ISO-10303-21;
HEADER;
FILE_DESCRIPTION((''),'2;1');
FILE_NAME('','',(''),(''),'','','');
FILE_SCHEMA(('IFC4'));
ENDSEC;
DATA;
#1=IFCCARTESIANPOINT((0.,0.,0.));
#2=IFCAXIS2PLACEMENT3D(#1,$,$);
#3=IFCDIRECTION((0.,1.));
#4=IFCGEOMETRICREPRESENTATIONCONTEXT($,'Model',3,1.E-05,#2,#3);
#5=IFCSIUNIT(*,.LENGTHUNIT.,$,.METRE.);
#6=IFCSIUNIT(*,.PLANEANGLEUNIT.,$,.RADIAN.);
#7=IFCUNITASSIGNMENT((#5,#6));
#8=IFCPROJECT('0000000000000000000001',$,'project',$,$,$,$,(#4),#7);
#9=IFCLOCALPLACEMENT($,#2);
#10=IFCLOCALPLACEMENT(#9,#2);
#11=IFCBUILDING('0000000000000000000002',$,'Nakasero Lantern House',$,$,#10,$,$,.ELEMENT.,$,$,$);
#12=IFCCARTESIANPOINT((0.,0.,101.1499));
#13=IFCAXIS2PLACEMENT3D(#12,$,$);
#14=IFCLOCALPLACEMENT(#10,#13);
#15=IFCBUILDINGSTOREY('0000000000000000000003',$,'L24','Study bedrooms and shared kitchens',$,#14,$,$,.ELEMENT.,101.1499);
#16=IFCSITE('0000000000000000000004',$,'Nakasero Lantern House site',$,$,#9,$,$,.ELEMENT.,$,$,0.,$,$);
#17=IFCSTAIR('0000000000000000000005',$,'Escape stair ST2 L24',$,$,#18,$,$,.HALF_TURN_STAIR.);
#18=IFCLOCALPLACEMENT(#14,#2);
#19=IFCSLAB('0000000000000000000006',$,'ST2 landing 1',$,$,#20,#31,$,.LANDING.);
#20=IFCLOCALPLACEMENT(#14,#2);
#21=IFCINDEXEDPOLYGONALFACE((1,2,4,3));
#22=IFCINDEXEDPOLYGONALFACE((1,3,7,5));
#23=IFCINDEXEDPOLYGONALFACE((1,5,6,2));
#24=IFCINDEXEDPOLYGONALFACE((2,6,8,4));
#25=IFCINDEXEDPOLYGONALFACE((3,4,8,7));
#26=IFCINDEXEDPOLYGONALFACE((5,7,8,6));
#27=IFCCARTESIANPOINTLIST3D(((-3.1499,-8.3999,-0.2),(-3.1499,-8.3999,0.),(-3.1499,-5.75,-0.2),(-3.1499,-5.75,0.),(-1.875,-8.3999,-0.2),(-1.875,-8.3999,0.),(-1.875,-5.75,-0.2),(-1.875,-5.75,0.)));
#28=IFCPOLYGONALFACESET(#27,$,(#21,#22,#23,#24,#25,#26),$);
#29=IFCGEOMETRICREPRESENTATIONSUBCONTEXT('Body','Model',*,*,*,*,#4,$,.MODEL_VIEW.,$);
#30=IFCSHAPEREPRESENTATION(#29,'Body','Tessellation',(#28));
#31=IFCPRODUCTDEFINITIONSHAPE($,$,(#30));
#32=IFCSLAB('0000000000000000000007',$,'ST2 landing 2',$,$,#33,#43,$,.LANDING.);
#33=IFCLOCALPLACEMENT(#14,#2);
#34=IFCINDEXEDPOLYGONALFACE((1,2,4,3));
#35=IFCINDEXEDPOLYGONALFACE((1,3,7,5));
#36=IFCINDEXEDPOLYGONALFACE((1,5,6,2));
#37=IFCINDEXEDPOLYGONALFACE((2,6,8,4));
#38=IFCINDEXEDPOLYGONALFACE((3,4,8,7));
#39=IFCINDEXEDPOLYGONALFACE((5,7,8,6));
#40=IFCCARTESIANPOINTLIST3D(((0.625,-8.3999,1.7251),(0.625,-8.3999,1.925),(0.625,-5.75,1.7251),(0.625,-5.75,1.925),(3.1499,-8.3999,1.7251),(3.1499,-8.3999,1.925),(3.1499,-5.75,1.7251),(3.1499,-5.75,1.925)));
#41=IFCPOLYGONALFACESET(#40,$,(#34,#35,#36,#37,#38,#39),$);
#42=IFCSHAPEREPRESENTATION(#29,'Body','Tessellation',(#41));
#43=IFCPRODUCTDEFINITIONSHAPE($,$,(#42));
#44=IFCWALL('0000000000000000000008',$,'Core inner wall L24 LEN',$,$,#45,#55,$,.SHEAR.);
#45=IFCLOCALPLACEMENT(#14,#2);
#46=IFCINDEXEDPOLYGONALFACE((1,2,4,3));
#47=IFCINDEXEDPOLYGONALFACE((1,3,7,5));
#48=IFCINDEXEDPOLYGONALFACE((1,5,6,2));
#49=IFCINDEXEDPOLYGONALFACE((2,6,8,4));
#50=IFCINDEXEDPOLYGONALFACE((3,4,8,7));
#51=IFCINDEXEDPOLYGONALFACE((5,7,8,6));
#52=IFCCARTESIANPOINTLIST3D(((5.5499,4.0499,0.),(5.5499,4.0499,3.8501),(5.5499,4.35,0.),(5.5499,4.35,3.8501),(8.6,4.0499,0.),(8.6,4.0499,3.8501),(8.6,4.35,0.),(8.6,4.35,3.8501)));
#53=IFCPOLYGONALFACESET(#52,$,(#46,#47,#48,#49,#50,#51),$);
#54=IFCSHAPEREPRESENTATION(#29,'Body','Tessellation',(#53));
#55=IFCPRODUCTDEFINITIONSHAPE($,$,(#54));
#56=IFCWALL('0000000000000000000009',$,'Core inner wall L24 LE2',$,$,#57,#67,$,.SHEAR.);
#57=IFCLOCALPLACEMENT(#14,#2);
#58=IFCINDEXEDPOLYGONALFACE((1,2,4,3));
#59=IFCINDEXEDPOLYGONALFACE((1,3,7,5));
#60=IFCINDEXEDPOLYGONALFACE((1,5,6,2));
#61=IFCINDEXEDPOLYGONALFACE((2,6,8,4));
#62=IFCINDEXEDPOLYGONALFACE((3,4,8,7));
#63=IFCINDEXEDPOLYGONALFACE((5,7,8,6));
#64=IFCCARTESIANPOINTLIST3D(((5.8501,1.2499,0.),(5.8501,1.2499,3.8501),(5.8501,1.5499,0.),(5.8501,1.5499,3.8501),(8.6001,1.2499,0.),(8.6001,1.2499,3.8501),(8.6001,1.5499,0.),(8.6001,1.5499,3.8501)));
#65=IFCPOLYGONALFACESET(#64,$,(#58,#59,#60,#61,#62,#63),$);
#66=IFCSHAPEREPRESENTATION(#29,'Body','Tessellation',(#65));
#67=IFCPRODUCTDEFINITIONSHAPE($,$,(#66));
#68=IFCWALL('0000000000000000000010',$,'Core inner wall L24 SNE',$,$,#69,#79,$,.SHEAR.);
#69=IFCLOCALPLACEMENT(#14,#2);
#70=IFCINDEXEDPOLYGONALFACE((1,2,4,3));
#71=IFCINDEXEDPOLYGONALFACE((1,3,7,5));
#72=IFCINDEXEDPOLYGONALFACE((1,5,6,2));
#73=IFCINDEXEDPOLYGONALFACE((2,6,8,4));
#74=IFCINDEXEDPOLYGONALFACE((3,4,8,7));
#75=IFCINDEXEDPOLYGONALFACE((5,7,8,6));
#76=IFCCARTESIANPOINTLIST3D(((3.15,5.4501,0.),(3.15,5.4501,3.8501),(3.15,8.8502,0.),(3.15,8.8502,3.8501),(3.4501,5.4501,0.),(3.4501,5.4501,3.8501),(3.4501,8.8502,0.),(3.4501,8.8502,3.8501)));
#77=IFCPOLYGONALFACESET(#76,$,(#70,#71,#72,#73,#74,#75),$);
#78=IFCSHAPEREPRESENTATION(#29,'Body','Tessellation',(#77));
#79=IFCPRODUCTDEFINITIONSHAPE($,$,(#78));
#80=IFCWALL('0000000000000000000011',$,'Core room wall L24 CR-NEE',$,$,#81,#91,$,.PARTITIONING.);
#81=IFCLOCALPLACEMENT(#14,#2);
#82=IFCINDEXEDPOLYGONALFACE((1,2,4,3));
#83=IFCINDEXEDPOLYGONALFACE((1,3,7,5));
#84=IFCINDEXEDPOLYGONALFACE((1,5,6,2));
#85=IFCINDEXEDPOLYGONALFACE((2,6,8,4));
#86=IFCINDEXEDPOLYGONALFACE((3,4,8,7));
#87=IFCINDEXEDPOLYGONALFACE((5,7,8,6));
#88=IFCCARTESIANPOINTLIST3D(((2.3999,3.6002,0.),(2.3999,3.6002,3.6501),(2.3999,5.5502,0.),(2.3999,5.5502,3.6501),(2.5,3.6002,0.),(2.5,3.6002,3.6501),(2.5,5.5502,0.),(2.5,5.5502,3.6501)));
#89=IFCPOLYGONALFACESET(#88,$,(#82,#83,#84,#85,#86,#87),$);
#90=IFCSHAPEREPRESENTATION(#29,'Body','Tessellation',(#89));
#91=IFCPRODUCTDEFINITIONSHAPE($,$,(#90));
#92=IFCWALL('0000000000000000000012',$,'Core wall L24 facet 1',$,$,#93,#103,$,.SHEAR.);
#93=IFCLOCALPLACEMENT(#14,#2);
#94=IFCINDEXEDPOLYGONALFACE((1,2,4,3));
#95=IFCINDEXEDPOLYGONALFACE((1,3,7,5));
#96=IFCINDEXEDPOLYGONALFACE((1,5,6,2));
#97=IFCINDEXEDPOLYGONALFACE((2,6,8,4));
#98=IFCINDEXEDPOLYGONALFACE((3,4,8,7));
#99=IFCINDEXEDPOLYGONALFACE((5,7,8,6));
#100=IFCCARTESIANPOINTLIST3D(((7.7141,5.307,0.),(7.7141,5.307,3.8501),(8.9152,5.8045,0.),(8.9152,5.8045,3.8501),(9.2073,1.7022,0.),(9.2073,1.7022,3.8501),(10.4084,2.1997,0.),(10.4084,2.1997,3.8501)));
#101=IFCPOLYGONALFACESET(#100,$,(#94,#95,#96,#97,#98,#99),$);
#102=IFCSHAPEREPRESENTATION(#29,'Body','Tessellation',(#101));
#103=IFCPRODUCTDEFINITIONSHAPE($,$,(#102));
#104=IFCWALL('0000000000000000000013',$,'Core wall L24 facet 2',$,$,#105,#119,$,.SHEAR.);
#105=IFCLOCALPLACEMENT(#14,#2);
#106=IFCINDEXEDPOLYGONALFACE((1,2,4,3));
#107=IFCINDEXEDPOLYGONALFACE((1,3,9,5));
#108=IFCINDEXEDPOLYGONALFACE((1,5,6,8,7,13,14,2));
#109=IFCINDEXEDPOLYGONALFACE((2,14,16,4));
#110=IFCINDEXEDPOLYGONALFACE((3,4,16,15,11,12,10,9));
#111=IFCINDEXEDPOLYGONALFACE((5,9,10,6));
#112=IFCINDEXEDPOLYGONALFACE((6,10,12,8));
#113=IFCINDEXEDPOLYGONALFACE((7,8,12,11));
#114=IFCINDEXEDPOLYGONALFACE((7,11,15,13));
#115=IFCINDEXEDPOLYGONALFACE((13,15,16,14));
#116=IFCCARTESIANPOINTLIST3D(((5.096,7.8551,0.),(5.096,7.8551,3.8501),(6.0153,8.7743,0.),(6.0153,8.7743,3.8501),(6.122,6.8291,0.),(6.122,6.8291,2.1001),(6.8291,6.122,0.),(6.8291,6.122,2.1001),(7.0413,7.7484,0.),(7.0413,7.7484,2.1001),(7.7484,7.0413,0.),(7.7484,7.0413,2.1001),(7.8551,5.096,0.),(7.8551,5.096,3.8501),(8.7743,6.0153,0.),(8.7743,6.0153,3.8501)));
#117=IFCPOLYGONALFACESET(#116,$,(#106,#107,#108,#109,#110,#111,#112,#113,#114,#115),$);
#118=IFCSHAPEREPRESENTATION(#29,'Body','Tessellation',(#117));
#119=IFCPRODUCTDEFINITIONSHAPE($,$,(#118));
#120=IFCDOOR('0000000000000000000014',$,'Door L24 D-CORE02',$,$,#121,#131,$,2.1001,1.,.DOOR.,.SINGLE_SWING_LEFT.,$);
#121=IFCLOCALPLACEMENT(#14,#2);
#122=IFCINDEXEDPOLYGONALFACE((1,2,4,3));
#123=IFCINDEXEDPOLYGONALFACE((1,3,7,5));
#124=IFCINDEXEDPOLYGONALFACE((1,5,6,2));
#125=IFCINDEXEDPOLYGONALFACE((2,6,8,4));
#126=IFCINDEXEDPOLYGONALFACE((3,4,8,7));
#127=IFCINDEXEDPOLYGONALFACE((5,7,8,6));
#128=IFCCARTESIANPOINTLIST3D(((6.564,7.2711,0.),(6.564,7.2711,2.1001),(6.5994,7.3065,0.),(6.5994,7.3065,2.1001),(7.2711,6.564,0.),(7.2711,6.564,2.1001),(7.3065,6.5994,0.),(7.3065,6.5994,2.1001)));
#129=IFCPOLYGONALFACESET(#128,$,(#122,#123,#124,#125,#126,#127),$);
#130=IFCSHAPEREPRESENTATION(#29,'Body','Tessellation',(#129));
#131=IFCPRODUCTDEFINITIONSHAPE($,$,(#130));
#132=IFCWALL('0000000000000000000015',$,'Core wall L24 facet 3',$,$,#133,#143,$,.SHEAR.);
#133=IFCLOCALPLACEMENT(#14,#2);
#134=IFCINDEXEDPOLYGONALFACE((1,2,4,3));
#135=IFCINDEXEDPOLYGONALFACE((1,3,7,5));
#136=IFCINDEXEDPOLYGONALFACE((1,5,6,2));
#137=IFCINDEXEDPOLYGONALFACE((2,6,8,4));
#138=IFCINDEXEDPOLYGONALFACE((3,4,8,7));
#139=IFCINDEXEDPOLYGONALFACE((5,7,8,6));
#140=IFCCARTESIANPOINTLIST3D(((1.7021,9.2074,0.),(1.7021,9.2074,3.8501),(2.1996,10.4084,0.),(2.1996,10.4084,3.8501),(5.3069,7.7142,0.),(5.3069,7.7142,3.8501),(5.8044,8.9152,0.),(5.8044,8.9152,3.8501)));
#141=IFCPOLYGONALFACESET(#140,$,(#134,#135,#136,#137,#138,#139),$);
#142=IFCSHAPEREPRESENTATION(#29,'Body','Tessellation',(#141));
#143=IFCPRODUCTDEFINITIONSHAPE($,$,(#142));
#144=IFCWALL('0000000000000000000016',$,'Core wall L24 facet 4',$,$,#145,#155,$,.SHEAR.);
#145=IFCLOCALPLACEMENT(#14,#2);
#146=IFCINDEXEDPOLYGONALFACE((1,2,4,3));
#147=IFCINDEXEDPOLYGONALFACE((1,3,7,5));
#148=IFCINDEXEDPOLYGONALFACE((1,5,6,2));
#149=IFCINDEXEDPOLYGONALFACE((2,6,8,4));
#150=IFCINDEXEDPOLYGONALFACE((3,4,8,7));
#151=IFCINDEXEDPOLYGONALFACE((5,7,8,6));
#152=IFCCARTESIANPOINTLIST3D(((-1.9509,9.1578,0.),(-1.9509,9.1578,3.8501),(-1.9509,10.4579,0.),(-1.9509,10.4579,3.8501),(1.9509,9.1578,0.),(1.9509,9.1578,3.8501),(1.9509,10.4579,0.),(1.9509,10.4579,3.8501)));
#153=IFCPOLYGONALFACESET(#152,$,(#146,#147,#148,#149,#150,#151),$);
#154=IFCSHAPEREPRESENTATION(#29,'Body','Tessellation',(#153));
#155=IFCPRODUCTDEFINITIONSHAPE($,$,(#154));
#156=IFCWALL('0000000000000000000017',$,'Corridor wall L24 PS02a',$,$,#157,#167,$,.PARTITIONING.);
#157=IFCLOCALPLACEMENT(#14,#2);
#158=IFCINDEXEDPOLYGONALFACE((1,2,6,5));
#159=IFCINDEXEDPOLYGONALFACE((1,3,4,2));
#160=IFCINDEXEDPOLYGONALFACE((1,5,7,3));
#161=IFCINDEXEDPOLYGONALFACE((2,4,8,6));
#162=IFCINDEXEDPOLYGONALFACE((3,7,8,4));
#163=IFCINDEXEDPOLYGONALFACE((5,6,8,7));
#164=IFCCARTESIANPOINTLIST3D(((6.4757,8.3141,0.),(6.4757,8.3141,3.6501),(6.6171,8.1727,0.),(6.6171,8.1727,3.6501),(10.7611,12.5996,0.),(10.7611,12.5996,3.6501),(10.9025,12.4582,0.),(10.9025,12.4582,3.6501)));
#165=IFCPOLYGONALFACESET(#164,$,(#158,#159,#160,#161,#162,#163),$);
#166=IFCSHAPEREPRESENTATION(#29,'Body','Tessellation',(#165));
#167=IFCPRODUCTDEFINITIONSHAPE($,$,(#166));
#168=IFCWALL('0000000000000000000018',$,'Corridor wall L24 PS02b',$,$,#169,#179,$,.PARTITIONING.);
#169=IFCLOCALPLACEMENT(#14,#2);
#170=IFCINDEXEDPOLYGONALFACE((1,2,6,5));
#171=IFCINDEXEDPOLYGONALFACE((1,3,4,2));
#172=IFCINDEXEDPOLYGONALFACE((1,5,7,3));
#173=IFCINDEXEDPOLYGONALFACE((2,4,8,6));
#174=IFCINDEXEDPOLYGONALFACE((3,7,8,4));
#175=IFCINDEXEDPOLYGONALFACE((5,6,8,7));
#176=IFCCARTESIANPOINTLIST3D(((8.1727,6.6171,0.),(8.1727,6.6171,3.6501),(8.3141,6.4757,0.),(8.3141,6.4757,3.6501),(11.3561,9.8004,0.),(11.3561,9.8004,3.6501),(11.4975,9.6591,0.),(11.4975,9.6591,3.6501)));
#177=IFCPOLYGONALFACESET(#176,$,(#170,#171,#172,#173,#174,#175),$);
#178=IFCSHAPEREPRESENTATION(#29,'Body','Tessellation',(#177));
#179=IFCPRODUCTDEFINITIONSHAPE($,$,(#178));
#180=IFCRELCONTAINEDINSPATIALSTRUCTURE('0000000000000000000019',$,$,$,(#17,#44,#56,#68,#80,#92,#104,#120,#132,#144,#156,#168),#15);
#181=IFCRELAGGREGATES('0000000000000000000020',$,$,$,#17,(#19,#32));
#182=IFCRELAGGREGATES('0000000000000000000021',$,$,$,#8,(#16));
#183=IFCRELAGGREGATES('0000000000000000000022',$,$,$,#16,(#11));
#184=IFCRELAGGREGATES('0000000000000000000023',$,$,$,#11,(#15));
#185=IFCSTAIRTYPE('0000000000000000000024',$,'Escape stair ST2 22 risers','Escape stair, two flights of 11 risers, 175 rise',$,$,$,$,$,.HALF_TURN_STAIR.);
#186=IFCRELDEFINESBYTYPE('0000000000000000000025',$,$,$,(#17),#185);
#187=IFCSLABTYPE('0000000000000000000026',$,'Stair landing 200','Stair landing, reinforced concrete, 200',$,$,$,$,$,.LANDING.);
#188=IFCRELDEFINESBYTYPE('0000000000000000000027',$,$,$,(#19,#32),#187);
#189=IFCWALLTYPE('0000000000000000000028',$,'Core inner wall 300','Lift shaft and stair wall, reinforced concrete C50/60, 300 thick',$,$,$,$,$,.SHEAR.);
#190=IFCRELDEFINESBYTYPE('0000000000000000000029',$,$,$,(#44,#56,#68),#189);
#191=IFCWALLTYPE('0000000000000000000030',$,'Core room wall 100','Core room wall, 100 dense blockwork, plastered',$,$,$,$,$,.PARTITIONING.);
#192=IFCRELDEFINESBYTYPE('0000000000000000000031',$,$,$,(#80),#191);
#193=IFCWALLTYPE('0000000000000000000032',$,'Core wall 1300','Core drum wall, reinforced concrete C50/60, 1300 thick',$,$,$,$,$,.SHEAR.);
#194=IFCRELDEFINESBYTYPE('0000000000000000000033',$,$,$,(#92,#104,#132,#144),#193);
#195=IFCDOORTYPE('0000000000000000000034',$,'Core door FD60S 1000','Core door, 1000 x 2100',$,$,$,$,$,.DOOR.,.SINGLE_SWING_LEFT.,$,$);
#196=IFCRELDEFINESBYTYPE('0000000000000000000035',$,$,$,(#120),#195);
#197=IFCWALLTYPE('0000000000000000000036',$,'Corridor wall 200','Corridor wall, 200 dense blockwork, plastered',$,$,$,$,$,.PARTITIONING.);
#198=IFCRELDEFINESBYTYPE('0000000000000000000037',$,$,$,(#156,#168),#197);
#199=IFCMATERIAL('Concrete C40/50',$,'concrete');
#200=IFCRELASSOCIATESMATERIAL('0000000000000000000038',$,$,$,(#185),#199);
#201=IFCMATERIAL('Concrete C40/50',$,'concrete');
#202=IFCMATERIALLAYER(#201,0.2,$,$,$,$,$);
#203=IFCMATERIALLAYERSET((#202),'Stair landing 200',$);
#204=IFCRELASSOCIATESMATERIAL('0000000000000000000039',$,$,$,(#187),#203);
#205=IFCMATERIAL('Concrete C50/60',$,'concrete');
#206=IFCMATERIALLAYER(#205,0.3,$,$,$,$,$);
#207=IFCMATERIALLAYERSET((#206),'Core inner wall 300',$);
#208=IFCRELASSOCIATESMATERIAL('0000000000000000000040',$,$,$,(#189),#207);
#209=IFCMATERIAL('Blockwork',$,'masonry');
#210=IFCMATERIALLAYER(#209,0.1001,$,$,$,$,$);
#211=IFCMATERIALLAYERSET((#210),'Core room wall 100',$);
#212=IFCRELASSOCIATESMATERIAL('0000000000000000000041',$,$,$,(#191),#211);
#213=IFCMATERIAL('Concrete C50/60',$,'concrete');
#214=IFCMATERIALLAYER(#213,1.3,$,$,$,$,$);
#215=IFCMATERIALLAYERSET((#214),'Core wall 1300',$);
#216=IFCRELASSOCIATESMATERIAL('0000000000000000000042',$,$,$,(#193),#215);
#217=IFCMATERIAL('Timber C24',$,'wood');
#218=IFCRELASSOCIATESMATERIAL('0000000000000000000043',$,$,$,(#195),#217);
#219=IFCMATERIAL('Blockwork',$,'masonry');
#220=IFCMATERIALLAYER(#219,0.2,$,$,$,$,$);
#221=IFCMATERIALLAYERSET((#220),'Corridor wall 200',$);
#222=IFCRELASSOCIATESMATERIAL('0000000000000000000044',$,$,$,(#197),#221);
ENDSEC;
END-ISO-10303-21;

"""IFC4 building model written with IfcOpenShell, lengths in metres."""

from ifc_helpers import new_model, si_unit, direction, frame, frame_2d, origin, place, context, subcontext, project, spatial, polyline, rectangle, outline, extrude, material, layer, layer_set, type_object, element, fill, aggregate, save


model = new_model("IFC4")

# Units and contexts
model_context = context("Model", 3, precision=1e-05, world=origin(), true_north=direction((0.0, 1.0)))
body_context = subcontext(model_context, "Body", "Model", "MODEL_VIEW")
ifc_project = project(units=[si_unit("LENGTHUNIT", "METRE"), si_unit("PLANEANGLEUNIT", "RADIAN")], contexts=[model_context])

# Site, building, storey
site_placement = place(None, origin())
site = spatial("IfcSite", under=ifc_project, at=site_placement, Name="Nakasero Lantern House site", CompositionType="ELEMENT", RefElevation=0.0)
building_placement = place(site_placement, origin())
building = spatial("IfcBuilding", under=site, at=building_placement, Name="Nakasero Lantern House", CompositionType="ELEMENT")
storey_placement = place(building_placement, frame((0.0, 0.0, 101.1499)))
storey = spatial("IfcBuildingStorey", under=building, at=storey_placement, Name="L24", Description="Study bedrooms and shared kitchens", CompositionType="ELEMENT", Elevation=101.1499)

# Stair, slabs
ifc_material_1 = material(Name="Concrete C40/50", Category="concrete")
stair_type_1 = type_object("IfcStairType", Name="Escape stair ST2 22 risers", Description="Escape stair, two flights of 11 risers, 175 rise", PredefinedType="HALF_TURN_STAIR", material=ifc_material_1)
stair_1_placement = place(storey_placement, origin())
stair_1 = element("IfcStair", 1, at=stair_1_placement, inside=storey, type_object=stair_type_1, Name="Escape stair ST2 L24", PredefinedType="HALF_TURN_STAIR")
ifc_material_2 = material(Name="Concrete C40/50", Category="concrete")
ifc_layer_1 = layer(ifc_material_2, 0.2)
ifc_layer_set_1 = layer_set([ifc_layer_1], Name="Stair landing 200")
slab_type = type_object("IfcSlabType", Name="Stair landing 200", Description="Stair landing, reinforced concrete, 200", PredefinedType="LANDING", material=ifc_layer_set_1)
slab_1_placement = place(storey_placement, frame((0.0, 0.0, -0.2)))
slab_1 = element("IfcSlab", 2, at=slab_1_placement, type_object=slab_type, Name="ST2 landing 1", PredefinedType="LANDING", context=body_context, shape_type="SweptSolid", body=[
    extrude(outline(polyline([(-3.1499, -8.3999), (-1.875, -8.3999), (-1.875, -5.75), (-3.1499, -5.75), (-3.1499, -8.3999)])), origin(), (0.0, 0.0, 1.0), 0.2),
])
slab_2_placement = place(storey_placement, frame((0.0, 0.0, 1.7251)))
slab_2 = element("IfcSlab", 3, at=slab_2_placement, type_object=slab_type, Name="ST2 landing 2", PredefinedType="LANDING", context=body_context, shape_type="SweptSolid", body=[
    extrude(outline(polyline([(0.625, -8.3999), (3.1499, -8.3999), (3.1499, -5.75), (0.625, -5.75), (0.625, -8.3999)])), origin(), (0.0, 0.0, 1.0), 0.2),
])
aggregate(stair_1, [slab_1, slab_2])

# Walls
ifc_material_3 = material(Name="Concrete C50/60", Category="concrete")
ifc_layer_2 = layer(ifc_material_3, 0.3)
ifc_layer_set_2 = layer_set([ifc_layer_2], Name="Core inner wall 300")
wall_type_1 = type_object("IfcWallType", Name="Core inner wall 300", Description="Lift shaft and stair wall, reinforced concrete C50/60, 300 thick", PredefinedType="SHEAR", material=ifc_layer_set_2)
wall_1_placement = place(storey_placement, frame((5.55, 4.2, 0.0), z_axis=(0.0, 0.0, 1.0), x_axis=(1.0, 0.0, 0.0)))
element("IfcWall", 4, at=wall_1_placement, inside=storey, type_object=wall_type_1, Name="Core inner wall L24 LEN", PredefinedType="SHEAR", context=body_context, shape_type="SweptSolid", body=[
    extrude(rectangle(XDim=3.05, YDim=0.3, at=frame_2d((1.5249, 0.0))), origin(), (0.0, 0.0, 1.0), 3.8501),
])
wall_2_placement = place(storey_placement, frame((5.8501, 1.3999, 0.0), z_axis=(0.0, 0.0, 1.0), x_axis=(1.0, 0.0, 0.0)))
element("IfcWall", 5, at=wall_2_placement, inside=storey, type_object=wall_type_1, Name="Core inner wall L24 LE2", PredefinedType="SHEAR", context=body_context, shape_type="SweptSolid", body=[
    extrude(rectangle(XDim=2.75, YDim=0.3, at=frame_2d((1.375, 0.0))), origin(), (0.0, 0.0, 1.0), 3.8501),
])
wall_3_placement = place(storey_placement, frame((3.3, 5.45, 0.0), z_axis=(0.0, 0.0, 1.0), x_axis=(0.0, 1.0, 0.0)))
element("IfcWall", 6, at=wall_3_placement, inside=storey, type_object=wall_type_1, Name="Core inner wall L24 SNE", PredefinedType="SHEAR", context=body_context, shape_type="SweptSolid", body=[
    extrude(rectangle(XDim=3.4001, YDim=0.3, at=frame_2d((1.7002, 0.0))), origin(), (0.0, 0.0, 1.0), 3.8501),
])
ifc_material_4 = material(Name="Blockwork", Category="masonry")
ifc_layer_3 = layer(ifc_material_4, 0.1001)
ifc_layer_set_3 = layer_set([ifc_layer_3], Name="Core room wall 100")
wall_type_2 = type_object("IfcWallType", Name="Core room wall 100", Description="Core room wall, 100 dense blockwork, plastered", PredefinedType="PARTITIONING", material=ifc_layer_set_3)
wall_4_placement = place(storey_placement, frame((2.45, 3.6001, 0.0), z_axis=(0.0, 0.0, 1.0), x_axis=(0.0, 1.0, 0.0)))
element("IfcWall", 7, at=wall_4_placement, inside=storey, type_object=wall_type_2, Name="Core room wall L24 CR-NEE", PredefinedType="PARTITIONING", context=body_context, shape_type="SweptSolid", body=[
    extrude(rectangle(XDim=1.95, YDim=0.1001, at=frame_2d((0.9751, 0.0))), origin(), (0.0, 0.0, 1.0), 3.6501),
])
ifc_material_5 = material(Name="Concrete C50/60", Category="concrete")
ifc_layer_4 = layer(ifc_material_5, 1.3)
ifc_layer_set_4 = layer_set([ifc_layer_4], Name="Core wall 1300")
wall_type_3 = type_object("IfcWallType", Name="Core wall 1300", Description="Core drum wall, reinforced concrete C50/60, 1300 thick", PredefinedType="SHEAR", material=ifc_layer_set_4)
wall_5_placement = place(storey_placement, frame((9.8079, 1.9509, 0.0), z_axis=(0.0, 0.0, 1.0), x_axis=(-0.382691, 0.923877, 0.0)))
element("IfcWall", 8, at=wall_5_placement, inside=storey, type_object=wall_type_3, Name="Core wall L24 facet 1", PredefinedType="SHEAR", context=body_context, shape_type="SweptSolid", body=[
    extrude(rectangle(XDim=3.9019, YDim=1.3, at=frame_2d((1.9509, 0.0))), origin(), (0.0, 0.0, 1.0), 3.8501),
])

# Wall, opening, door
wall_6_placement = place(storey_placement, frame((8.3147, 5.5557, 0.0), z_axis=(0.0, 0.0, 1.0), x_axis=(-0.707107, 0.707107, 0.0)))
wall_6 = element("IfcWall", 9, at=wall_6_placement, inside=storey, type_object=wall_type_3, Name="Core wall L24 facet 2", PredefinedType="SHEAR", context=body_context, shape_type="SweptSolid", body=[
    extrude(rectangle(XDim=3.9019, YDim=1.3, at=frame_2d((1.9509, 0.0))), origin(), (0.0, 0.0, 1.0), 3.8501),
])
opening_1_placement = place(wall_6_placement, frame((1.4509, 0.0, 0.0)))
opening_1 = element("IfcOpeningElement", 10, at=opening_1_placement, cuts=wall_6, PredefinedType="OPENING", context=body_context, shape_type="SweptSolid", body=[
    extrude(rectangle(XDim=1.0, YDim=2.1001, at=frame_2d((0.5, 1.05))), frame((0.0, 0.6699, 0.0), z_axis=(0.0, -1.0, 0.0), x_axis=(1.0, 0.0, 0.0)), (0.0, 0.0, 1.0), 1.3401),
])
ifc_material_6 = material(Name="Timber C24", Category="wood")
door_type_1 = type_object("IfcDoorType", Name="Core door FD60S 1000", Description="Core door, 1000 x 2100", OperationType="SINGLE_SWING_LEFT", PredefinedType="DOOR", material=ifc_material_6)
door_1_placement = place(opening_1_placement, origin())
door_1 = element("IfcDoor", 11, at=door_1_placement, inside=storey, type_object=door_type_1, Name="Door L24 D-CORE02", OperationType="SINGLE_SWING_LEFT", OverallHeight=2.1001, OverallWidth=1.0, PredefinedType="DOOR", context=body_context, shape_type="SweptSolid", body=[
    extrude(rectangle(XDim=1.0, YDim=2.1001, at=frame_2d((0.5, 1.05))), frame((0.0, 0.0249, 0.0), z_axis=(0.0, -1.0, 0.0), x_axis=(1.0, 0.0, 0.0)), (0.0, 0.0, 1.0), 0.05),
])
fill(opening_1, door_1)

# Walls
for number, where, z_axis, x_axis, name in (
    (12, (5.5557, 8.3147, 0.0), (0.0, 0.0, 1.0), (-0.923877, 0.382691, 0.0), "Core wall L24 facet 3"),
    (13, (1.9509, 9.8079, 0.0), (0.0, 0.0, 1.0), (-1.0, 0.0, 0.0), "Core wall L24 facet 4"),
):
    element("IfcWall", number, at=place(storey_placement, frame(where, z_axis=z_axis, x_axis=x_axis)), inside=storey, type_object=wall_type_3, Name=name, PredefinedType="SHEAR", context=body_context, shape_type="SweptSolid", body=[
        extrude(rectangle(XDim=3.9019, YDim=1.3, at=frame_2d((1.9509, 0.0))), origin(), (0.0, 0.0, 1.0), 3.8501),
    ])
ifc_material_7 = material(Name="Blockwork", Category="masonry")
ifc_layer_5 = layer(ifc_material_7, 0.2)
ifc_layer_set_5 = layer_set([ifc_layer_5], Name="Corridor wall 200")
wall_type_4 = type_object("IfcWallType", Name="Corridor wall 200", Description="Corridor wall, 200 dense blockwork, plastered", PredefinedType="PARTITIONING", material=ifc_layer_set_5)
wall_7_placement = place(storey_placement, frame((6.5464, 8.2434, 0.0), z_axis=(0.0, 0.0, 1.0), x_axis=(0.707107, 0.707107, 0.0)))
element("IfcWall", 14, at=wall_7_placement, inside=storey, type_object=wall_type_4, Name="Corridor wall L24 PS02a", PredefinedType="PARTITIONING", context=body_context, shape_type="SweptSolid", body=[
    extrude(rectangle(XDim=6.0605, YDim=0.2, at=frame_2d((3.0303, 0.0))), origin(), (0.0, 0.0, 1.0), 3.6501),
])
wall_8_placement = place(storey_placement, frame((8.2434, 6.5464, 0.0), z_axis=(0.0, 0.0, 1.0), x_axis=(0.707107, 0.707107, 0.0)))
element("IfcWall", 15, at=wall_8_placement, inside=storey, type_object=wall_type_4, Name="Corridor wall L24 PS02b", PredefinedType="PARTITIONING", context=body_context, shape_type="SweptSolid", body=[
    extrude(rectangle(XDim=4.502, YDim=0.2, at=frame_2d((2.251, 0.0))), origin(), (0.0, 0.0, 1.0), 3.6501),
])

save(model, "model.ifc")
